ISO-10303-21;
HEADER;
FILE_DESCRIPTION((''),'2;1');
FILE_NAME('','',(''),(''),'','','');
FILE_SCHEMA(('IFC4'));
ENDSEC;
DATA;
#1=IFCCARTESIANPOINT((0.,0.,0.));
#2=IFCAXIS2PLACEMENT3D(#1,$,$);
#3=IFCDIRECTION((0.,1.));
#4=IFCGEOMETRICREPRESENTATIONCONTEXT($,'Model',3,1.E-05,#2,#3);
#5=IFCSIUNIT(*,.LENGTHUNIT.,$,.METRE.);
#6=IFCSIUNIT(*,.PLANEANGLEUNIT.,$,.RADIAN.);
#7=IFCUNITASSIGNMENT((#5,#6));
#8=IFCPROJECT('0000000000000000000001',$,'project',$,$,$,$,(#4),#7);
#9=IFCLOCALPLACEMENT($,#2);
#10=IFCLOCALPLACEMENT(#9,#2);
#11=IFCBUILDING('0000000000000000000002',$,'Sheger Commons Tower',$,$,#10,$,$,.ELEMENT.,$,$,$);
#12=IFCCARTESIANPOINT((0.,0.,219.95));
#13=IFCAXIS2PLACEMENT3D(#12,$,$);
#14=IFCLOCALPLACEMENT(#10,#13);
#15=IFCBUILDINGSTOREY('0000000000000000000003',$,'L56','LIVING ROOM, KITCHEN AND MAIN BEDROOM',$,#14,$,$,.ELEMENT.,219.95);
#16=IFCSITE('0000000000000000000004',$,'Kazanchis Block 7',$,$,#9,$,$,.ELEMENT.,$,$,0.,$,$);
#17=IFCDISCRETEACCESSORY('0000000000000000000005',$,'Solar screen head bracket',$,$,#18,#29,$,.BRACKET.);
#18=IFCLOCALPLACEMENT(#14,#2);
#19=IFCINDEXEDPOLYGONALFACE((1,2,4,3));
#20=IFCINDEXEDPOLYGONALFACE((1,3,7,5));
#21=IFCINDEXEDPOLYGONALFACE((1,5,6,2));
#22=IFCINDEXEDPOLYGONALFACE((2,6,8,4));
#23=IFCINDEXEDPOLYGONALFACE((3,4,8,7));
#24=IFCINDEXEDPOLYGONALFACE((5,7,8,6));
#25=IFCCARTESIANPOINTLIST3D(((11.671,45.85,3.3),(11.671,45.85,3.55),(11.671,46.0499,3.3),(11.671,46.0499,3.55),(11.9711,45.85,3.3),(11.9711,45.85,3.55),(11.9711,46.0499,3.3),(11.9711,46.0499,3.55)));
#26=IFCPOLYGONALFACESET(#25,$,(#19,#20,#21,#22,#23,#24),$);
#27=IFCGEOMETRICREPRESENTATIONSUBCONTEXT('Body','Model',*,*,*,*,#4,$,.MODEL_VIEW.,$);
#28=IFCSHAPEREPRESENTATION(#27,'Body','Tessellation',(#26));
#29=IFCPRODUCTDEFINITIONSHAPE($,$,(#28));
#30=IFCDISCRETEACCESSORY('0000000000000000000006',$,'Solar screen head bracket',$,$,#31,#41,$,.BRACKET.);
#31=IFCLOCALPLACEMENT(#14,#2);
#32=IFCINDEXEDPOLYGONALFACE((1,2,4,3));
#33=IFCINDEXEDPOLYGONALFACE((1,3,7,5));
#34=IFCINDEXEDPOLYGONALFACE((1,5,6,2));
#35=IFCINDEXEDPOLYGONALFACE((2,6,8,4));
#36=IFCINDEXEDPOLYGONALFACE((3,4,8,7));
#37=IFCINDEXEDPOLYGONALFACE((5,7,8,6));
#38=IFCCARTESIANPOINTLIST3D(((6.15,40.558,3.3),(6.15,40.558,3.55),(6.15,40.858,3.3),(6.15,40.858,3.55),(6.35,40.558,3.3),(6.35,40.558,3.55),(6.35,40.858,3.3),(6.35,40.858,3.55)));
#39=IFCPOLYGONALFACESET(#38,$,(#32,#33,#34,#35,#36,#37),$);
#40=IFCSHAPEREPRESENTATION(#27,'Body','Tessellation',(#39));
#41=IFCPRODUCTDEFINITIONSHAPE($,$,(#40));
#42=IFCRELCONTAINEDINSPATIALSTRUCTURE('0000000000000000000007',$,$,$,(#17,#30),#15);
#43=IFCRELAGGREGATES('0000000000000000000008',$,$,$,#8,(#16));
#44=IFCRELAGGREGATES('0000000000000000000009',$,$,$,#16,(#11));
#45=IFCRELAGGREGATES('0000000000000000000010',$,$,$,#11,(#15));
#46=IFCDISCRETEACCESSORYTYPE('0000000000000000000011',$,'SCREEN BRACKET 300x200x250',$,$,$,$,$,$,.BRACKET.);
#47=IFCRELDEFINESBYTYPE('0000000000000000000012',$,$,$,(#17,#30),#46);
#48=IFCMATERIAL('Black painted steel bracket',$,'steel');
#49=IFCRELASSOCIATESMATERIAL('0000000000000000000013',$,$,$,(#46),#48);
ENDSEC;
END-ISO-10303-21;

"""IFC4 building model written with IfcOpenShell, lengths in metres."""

from ifc_helpers import new_model, si_unit, direction, frame, origin, origin_2d, place, context, subcontext, project, spatial, rectangle, extrude, material, type_object, element, save


model = new_model("IFC4")

# Units and contexts
model_context = context("Model", 3, precision=1e-05, world=origin(), true_north=direction((0.0, 1.0)))
body_context = subcontext(model_context, "Body", "Model", "MODEL_VIEW")
ifc_project = project(units=[si_unit("LENGTHUNIT", "METRE"), si_unit("PLANEANGLEUNIT", "RADIAN")], contexts=[model_context])

# Site, building, storey
site_placement = place(None, origin())
site = spatial("IfcSite", under=ifc_project, at=site_placement, Name="Kazanchis Block 7", CompositionType="ELEMENT", RefElevation=0.0)
building_placement = place(site_placement, origin())
building = spatial("IfcBuilding", under=site, at=building_placement, Name="Sheger Commons Tower", CompositionType="ELEMENT")
storey_placement = place(building_placement, frame((0.0, 0.0, 219.95)))
storey = spatial("IfcBuildingStorey", under=building, at=storey_placement, Name="L56", Description="LIVING ROOM, KITCHEN AND MAIN BEDROOM", CompositionType="ELEMENT", Elevation=219.95)

# Discrete accessories
ifc_material_1 = material(Name="Black painted steel bracket", Category="steel")
discrete_accessory_type = type_object("IfcDiscreteAccessoryType", Name="SCREEN BRACKET 300x200x250", PredefinedType="BRACKET", material=ifc_material_1)
for number, where, z_axis, x_axis, name in (
    (1, (11.821, 45.95, 3.3), (0.0, 0.0, 1.0), (-1.0, 0.0, 0.0), "Solar screen head bracket"),
    (2, (6.25, 40.708, 3.3), (0.0, 0.0, 1.0), (0.0, -1.0, 0.0), "Solar screen head bracket"),
):
    element("IfcDiscreteAccessory", number, at=place(storey_placement, frame(where, z_axis=z_axis, x_axis=x_axis)), inside=storey, type_object=discrete_accessory_type, Name=name, PredefinedType="BRACKET", context=body_context, shape_type="SweptSolid", body=[
        extrude(rectangle(XDim=0.3, YDim=0.2, at=origin_2d()), origin(), (0.0, 0.0, 1.0), 0.25),
    ])

save(model, "model.ifc")
